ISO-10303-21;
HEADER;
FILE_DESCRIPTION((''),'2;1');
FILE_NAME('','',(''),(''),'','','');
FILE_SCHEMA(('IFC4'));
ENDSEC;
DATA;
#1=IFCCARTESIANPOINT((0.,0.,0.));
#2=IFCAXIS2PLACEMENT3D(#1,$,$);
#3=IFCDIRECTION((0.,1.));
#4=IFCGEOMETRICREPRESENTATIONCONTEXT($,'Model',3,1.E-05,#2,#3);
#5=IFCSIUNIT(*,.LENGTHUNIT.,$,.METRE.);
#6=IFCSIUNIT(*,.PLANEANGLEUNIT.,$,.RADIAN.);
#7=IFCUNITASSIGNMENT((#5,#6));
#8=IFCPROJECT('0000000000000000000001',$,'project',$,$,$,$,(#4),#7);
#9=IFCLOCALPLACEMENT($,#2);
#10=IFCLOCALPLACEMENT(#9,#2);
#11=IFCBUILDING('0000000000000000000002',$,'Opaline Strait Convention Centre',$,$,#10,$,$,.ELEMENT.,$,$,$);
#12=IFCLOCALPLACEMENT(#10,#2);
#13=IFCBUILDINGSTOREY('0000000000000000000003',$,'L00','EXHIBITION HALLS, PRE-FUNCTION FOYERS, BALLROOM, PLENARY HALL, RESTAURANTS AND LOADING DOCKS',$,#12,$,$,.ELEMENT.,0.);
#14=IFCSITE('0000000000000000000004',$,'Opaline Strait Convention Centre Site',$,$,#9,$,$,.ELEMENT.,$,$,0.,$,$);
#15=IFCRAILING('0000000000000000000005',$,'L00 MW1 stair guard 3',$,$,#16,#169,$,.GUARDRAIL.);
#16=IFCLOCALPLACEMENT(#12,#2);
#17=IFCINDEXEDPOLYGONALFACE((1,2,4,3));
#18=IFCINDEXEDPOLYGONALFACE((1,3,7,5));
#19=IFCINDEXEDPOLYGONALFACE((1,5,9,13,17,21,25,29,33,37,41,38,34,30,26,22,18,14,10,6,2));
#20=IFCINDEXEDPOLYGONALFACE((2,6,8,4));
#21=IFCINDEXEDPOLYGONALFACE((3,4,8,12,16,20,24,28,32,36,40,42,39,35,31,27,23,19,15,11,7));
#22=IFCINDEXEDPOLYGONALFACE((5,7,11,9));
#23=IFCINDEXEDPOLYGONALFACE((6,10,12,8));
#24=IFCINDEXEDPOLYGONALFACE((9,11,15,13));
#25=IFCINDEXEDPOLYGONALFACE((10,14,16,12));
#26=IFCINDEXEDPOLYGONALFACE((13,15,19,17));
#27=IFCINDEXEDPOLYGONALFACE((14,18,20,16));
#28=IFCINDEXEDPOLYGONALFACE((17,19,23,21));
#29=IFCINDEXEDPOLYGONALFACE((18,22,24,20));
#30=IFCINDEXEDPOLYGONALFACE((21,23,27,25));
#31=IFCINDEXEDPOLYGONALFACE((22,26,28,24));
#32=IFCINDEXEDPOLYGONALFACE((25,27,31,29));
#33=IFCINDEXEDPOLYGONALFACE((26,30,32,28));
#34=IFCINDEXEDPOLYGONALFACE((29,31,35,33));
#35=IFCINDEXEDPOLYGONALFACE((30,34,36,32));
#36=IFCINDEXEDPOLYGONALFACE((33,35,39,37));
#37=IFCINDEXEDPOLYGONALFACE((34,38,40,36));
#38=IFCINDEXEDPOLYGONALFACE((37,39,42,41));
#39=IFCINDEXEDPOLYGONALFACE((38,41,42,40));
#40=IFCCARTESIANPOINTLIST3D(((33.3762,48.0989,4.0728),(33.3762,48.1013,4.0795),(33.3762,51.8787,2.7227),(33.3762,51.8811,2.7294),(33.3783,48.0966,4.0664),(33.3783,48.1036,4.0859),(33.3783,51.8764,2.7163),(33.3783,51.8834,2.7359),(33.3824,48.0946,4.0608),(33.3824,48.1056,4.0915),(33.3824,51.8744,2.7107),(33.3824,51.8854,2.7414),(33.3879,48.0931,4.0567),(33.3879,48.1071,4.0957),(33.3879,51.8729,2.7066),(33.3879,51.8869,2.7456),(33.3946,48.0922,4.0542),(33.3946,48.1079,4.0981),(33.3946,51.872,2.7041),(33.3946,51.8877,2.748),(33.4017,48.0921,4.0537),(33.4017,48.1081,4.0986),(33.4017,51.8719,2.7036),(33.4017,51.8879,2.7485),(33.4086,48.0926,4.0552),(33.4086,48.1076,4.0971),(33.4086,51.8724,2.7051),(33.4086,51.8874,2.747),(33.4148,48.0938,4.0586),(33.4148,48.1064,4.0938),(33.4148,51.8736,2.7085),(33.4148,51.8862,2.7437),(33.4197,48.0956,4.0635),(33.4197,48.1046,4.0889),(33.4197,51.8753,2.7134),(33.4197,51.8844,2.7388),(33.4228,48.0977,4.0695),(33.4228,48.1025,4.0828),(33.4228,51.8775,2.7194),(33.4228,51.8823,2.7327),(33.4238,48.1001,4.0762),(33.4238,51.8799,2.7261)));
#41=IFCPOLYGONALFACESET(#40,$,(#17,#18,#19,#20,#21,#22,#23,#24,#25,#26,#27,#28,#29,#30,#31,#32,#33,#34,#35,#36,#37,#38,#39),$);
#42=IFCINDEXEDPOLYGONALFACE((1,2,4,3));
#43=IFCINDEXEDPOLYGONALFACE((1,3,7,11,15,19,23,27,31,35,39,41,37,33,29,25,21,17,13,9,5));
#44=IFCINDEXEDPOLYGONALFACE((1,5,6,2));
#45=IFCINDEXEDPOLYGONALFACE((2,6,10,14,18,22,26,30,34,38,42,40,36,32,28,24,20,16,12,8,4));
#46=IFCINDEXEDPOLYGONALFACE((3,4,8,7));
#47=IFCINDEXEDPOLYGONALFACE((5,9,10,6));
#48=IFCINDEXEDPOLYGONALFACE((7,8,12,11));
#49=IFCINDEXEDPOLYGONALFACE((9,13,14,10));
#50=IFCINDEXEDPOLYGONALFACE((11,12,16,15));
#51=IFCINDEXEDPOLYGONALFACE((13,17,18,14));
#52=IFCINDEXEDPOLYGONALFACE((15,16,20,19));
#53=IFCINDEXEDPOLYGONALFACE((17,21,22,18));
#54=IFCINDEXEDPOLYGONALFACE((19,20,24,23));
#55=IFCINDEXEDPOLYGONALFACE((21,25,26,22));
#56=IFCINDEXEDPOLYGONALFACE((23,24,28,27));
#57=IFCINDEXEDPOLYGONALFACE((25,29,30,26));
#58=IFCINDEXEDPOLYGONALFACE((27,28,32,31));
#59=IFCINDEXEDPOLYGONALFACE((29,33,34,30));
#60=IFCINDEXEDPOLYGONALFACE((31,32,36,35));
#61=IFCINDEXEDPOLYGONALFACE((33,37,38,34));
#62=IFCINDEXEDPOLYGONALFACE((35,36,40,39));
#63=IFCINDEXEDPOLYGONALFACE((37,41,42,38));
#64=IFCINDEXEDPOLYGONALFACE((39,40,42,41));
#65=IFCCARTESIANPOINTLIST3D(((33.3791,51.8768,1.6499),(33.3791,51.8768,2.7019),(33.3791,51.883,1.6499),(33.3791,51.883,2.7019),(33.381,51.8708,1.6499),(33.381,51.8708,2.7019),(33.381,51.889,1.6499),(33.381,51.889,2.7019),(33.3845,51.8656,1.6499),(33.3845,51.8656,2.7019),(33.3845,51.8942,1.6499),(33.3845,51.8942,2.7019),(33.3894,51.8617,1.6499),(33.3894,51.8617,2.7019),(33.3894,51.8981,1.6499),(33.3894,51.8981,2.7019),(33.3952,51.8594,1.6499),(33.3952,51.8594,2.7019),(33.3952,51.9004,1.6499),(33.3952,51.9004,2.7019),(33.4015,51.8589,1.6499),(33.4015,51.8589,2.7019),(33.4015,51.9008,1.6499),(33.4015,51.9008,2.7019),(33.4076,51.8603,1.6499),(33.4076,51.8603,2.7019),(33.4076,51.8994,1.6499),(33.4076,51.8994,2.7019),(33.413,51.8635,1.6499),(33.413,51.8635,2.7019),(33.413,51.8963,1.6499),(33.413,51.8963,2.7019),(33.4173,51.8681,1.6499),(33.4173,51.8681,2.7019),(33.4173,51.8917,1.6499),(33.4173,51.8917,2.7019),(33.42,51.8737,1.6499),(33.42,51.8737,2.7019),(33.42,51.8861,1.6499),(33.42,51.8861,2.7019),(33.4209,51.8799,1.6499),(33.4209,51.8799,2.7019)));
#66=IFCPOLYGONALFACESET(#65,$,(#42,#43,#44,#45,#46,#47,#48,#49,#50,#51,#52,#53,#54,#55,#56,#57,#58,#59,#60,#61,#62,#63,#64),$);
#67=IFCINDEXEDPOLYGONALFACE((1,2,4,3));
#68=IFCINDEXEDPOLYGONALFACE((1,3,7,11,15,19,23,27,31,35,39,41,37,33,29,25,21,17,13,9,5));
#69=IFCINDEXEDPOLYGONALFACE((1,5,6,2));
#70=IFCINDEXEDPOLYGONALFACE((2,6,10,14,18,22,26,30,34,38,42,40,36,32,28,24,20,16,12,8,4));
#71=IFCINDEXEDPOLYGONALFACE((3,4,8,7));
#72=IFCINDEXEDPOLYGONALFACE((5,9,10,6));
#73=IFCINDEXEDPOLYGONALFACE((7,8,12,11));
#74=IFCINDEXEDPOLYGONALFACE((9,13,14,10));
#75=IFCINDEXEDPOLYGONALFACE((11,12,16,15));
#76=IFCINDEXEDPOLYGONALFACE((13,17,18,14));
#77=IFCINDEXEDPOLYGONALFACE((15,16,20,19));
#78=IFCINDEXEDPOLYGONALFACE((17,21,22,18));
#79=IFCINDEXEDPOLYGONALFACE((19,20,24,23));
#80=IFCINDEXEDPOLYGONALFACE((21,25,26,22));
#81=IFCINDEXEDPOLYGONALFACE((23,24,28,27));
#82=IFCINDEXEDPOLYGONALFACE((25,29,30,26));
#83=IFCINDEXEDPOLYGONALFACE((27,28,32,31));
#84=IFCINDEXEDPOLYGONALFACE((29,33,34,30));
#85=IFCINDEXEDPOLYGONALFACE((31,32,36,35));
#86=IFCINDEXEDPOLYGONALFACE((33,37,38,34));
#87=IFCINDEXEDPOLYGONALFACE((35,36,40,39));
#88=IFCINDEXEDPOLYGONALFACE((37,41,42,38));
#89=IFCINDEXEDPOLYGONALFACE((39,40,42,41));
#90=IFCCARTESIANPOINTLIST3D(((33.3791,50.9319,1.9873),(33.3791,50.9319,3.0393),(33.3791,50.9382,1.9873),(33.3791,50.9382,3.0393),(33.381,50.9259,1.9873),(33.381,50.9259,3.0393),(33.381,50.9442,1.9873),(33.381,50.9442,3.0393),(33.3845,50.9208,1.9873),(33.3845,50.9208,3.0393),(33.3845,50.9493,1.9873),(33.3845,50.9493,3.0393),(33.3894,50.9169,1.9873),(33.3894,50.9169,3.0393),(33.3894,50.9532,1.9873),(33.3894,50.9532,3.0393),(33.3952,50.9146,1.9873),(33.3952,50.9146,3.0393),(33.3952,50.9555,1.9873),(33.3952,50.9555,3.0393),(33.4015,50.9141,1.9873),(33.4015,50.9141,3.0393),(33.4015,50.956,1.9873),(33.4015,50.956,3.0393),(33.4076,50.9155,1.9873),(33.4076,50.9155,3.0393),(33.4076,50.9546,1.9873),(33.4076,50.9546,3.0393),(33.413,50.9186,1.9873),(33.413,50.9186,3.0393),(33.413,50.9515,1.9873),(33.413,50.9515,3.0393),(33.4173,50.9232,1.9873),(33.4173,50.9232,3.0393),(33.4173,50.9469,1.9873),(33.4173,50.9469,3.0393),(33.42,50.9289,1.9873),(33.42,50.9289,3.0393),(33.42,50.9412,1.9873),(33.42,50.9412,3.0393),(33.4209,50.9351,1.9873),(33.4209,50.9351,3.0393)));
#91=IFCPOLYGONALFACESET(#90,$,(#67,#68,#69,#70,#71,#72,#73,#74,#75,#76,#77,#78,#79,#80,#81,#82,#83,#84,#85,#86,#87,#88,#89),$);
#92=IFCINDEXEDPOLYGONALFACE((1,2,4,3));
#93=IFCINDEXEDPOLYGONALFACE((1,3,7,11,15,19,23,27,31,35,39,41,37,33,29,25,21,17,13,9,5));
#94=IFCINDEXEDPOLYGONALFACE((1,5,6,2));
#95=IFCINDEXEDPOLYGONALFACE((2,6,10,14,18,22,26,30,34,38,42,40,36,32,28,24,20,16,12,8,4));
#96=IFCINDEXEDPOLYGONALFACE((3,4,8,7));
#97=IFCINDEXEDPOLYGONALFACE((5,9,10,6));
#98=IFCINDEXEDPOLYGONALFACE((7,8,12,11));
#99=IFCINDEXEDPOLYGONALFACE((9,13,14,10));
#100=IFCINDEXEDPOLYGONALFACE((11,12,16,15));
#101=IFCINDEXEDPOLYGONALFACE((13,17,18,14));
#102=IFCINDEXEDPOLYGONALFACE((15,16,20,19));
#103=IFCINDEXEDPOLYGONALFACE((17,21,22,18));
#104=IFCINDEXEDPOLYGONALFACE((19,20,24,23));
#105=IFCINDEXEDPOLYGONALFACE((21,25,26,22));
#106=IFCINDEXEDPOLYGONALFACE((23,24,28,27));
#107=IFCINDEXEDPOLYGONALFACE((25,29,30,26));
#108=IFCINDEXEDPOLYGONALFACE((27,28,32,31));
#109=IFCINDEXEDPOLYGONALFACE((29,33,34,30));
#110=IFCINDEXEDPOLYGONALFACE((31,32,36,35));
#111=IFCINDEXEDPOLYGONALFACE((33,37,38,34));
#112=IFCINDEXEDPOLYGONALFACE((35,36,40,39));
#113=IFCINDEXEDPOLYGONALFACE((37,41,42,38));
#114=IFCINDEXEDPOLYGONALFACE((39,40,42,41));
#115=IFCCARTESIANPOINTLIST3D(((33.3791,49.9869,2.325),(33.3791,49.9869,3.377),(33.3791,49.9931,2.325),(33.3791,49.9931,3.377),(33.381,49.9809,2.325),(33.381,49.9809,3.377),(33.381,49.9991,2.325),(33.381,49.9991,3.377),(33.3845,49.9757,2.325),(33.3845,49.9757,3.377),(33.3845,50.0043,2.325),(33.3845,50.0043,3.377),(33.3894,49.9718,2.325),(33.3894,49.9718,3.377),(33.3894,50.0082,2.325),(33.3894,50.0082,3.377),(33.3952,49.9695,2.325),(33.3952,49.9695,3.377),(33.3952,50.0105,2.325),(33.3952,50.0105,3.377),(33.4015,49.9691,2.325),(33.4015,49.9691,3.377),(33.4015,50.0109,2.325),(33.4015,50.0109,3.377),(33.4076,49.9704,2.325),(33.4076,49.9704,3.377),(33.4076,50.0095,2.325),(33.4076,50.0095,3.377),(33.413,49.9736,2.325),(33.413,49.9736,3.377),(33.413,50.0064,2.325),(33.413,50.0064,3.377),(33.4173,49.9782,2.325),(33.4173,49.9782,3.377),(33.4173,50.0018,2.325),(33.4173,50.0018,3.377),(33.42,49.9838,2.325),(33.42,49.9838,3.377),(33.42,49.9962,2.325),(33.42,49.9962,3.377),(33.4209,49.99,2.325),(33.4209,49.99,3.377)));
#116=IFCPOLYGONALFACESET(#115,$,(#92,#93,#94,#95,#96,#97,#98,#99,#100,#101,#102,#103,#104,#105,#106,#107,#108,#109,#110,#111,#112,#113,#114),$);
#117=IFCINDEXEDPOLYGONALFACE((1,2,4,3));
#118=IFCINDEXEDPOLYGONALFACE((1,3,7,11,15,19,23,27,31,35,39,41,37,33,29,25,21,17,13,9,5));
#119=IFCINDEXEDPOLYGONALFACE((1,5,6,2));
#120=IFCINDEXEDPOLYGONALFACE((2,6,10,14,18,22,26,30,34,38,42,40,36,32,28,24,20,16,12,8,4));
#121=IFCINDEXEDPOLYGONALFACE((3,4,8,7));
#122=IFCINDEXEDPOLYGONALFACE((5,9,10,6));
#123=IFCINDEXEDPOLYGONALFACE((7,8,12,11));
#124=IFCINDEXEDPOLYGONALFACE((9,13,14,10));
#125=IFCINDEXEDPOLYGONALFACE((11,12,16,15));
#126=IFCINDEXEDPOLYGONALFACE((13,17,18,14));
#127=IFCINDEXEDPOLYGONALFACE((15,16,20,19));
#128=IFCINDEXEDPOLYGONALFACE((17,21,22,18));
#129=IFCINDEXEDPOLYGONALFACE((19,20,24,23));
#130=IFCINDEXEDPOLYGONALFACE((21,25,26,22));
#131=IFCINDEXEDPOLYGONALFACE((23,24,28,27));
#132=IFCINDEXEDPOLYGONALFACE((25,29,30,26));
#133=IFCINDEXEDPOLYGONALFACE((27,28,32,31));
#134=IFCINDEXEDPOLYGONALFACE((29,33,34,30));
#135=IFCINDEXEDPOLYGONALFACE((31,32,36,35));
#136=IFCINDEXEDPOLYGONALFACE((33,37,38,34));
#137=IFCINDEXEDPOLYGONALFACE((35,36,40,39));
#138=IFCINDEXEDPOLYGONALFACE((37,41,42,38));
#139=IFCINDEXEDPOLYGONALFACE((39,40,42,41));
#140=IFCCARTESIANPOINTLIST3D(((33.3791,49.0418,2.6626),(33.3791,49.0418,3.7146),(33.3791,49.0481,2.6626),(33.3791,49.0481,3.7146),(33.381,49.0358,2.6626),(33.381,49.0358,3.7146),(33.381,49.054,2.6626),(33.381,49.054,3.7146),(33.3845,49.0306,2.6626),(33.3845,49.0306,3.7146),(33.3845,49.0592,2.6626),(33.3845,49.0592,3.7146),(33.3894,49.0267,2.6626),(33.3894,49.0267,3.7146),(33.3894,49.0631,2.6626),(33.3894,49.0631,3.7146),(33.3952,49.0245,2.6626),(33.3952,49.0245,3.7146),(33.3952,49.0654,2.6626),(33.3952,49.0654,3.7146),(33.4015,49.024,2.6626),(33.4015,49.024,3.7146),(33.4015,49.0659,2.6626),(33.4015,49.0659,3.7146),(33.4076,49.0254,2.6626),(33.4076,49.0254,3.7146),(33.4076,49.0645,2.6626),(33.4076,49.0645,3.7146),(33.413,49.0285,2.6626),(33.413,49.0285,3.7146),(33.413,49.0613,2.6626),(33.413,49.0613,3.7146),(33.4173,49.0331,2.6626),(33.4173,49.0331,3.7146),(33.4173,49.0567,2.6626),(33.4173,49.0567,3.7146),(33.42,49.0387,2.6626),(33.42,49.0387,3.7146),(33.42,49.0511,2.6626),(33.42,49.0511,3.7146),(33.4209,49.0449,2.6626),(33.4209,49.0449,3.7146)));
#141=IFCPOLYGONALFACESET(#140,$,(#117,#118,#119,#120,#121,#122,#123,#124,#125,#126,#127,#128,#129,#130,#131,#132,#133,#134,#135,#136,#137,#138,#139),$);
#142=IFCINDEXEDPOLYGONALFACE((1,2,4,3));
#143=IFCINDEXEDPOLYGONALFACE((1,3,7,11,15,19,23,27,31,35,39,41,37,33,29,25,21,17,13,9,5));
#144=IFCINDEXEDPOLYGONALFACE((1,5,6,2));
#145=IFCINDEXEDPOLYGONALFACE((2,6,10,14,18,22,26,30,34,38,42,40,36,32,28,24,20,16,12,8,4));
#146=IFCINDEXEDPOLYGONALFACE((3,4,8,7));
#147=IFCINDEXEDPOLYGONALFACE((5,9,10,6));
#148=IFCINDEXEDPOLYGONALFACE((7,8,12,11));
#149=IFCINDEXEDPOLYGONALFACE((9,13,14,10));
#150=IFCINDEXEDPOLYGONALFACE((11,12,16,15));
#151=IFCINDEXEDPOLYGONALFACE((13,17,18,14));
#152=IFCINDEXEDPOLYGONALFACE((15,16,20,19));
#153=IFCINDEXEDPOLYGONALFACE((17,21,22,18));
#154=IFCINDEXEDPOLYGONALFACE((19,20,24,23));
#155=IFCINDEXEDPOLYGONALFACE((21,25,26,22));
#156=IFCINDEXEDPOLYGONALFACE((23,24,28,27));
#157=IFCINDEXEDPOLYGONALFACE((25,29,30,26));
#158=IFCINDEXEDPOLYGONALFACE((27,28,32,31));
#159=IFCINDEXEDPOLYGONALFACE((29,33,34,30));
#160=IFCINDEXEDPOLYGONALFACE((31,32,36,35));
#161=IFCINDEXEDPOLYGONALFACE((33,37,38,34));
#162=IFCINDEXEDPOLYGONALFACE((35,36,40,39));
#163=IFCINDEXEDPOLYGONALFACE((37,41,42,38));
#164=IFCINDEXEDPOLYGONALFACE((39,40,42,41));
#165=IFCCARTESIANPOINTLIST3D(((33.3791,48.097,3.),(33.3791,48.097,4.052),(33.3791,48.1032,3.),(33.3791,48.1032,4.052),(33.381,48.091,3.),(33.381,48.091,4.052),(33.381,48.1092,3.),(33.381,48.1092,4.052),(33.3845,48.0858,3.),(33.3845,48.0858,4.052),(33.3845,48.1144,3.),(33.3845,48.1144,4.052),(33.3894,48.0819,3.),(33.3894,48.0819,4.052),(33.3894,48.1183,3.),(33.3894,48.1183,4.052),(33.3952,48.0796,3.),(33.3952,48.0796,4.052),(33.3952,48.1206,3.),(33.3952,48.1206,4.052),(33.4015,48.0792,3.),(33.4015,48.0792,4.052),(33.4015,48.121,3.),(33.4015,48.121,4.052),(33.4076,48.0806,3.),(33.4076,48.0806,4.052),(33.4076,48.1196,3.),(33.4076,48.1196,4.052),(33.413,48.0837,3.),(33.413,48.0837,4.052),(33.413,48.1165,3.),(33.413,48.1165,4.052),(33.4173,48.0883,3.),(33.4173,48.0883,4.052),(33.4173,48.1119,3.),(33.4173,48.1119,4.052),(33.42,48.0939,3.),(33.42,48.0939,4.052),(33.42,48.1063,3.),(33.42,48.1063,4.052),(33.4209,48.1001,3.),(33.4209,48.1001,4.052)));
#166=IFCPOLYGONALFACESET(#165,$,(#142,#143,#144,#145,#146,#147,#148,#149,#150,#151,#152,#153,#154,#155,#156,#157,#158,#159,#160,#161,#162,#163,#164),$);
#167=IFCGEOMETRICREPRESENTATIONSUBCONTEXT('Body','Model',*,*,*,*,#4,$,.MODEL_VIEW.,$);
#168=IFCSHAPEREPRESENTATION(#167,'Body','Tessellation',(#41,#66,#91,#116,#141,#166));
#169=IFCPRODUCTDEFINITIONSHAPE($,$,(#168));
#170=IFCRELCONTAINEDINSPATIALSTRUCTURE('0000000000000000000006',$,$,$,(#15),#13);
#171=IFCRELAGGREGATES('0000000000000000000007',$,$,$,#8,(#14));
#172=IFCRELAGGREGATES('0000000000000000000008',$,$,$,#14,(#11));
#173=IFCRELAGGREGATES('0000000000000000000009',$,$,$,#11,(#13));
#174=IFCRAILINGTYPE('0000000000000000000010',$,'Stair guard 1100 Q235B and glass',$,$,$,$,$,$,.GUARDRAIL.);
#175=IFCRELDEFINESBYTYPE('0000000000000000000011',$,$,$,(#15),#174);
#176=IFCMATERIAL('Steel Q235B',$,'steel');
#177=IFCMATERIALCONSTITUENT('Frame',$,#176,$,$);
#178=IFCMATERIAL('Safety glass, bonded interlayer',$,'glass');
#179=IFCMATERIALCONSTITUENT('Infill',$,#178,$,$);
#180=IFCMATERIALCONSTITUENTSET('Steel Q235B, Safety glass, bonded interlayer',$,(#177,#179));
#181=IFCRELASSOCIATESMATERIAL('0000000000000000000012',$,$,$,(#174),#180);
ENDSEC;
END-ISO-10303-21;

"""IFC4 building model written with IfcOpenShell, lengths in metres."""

from ifc_helpers import new_model, si_unit, direction, frame, origin, origin_2d, place, context, subcontext, project, spatial, circle, extrude, material, constituent, constituent_set, type_object, element, save


model = new_model("IFC4")

# Units and contexts
model_context = context("Model", 3, precision=1e-05, world=origin(), true_north=direction((0.0, 1.0)))
body_context = subcontext(model_context, "Body", "Model", "MODEL_VIEW")
ifc_project = project(units=[si_unit("LENGTHUNIT", "METRE"), si_unit("PLANEANGLEUNIT", "RADIAN")], contexts=[model_context])

# Site, building, storey
site_placement = place(None, origin())
site = spatial("IfcSite", under=ifc_project, at=site_placement, Name="Opaline Strait Convention Centre Site", CompositionType="ELEMENT", RefElevation=0.0)
building_placement = place(site_placement, origin())
building = spatial("IfcBuilding", under=site, at=building_placement, Name="Opaline Strait Convention Centre", CompositionType="ELEMENT")
storey_placement = place(building_placement, origin())
storey = spatial("IfcBuildingStorey", under=building, at=storey_placement, Name="L00", Description="EXHIBITION HALLS, PRE-FUNCTION FOYERS, BALLROOM, PLENARY HALL, RESTAURANTS AND LOADING DOCKS", CompositionType="ELEMENT", Elevation=0.0)

# Railing
ifc_material_1 = material(Name="Steel Q235B", Category="steel")
ifc_constituent_1 = constituent(ifc_material_1, Name="Frame")
ifc_material_2 = material(Name="Safety glass, bonded interlayer", Category="glass")
ifc_constituent_2 = constituent(ifc_material_2, Name="Infill")
ifc_constituent_set = constituent_set(constituents=[ifc_constituent_1, ifc_constituent_2], Name="Steel Q235B, Safety glass, bonded interlayer")
railing_type_1 = type_object("IfcRailingType", Name="Stair guard 1100 Q235B and glass", PredefinedType="GUARDRAIL", material=ifc_constituent_set)
railing_1_placement = place(storey_placement, frame((33.3999, 51.8799, 1.6499)))
element("IfcRailing", 1, at=railing_1_placement, inside=storey, type_object=railing_type_1, Name="L00 MW1 stair guard 3", PredefinedType="GUARDRAIL", context=body_context, shape_type="SweptSolid", body=[
    extrude(circle(Radius=0.0239, at=origin_2d()), frame((0.0, 0.0, 1.0762), z_axis=(0.0, -0.941728, 0.336375), x_axis=(1.0, 0.0, 0.0)), (0.0, 0.0, 1.0), 4.0137),
    extrude(circle(Radius=0.021, at=origin_2d()), origin(), (0.0, 0.0, 1.0), 1.052),
    extrude(circle(Radius=0.021, at=origin_2d()), frame((0.0, -0.9448, 0.3374)), (0.0, 0.0, 1.0), 1.052),
    extrude(circle(Radius=0.021, at=origin_2d()), frame((0.0, -1.8899, 0.675)), (0.0, 0.0, 1.0), 1.052),
    extrude(circle(Radius=0.021, at=origin_2d()), frame((0.0, -2.835, 1.0127)), (0.0, 0.0, 1.0), 1.052),
    extrude(circle(Radius=0.021, at=origin_2d()), frame((0.0, -3.7798, 1.3501)), (0.0, 0.0, 1.0), 1.052),
])

save(model, "model.ifc")
